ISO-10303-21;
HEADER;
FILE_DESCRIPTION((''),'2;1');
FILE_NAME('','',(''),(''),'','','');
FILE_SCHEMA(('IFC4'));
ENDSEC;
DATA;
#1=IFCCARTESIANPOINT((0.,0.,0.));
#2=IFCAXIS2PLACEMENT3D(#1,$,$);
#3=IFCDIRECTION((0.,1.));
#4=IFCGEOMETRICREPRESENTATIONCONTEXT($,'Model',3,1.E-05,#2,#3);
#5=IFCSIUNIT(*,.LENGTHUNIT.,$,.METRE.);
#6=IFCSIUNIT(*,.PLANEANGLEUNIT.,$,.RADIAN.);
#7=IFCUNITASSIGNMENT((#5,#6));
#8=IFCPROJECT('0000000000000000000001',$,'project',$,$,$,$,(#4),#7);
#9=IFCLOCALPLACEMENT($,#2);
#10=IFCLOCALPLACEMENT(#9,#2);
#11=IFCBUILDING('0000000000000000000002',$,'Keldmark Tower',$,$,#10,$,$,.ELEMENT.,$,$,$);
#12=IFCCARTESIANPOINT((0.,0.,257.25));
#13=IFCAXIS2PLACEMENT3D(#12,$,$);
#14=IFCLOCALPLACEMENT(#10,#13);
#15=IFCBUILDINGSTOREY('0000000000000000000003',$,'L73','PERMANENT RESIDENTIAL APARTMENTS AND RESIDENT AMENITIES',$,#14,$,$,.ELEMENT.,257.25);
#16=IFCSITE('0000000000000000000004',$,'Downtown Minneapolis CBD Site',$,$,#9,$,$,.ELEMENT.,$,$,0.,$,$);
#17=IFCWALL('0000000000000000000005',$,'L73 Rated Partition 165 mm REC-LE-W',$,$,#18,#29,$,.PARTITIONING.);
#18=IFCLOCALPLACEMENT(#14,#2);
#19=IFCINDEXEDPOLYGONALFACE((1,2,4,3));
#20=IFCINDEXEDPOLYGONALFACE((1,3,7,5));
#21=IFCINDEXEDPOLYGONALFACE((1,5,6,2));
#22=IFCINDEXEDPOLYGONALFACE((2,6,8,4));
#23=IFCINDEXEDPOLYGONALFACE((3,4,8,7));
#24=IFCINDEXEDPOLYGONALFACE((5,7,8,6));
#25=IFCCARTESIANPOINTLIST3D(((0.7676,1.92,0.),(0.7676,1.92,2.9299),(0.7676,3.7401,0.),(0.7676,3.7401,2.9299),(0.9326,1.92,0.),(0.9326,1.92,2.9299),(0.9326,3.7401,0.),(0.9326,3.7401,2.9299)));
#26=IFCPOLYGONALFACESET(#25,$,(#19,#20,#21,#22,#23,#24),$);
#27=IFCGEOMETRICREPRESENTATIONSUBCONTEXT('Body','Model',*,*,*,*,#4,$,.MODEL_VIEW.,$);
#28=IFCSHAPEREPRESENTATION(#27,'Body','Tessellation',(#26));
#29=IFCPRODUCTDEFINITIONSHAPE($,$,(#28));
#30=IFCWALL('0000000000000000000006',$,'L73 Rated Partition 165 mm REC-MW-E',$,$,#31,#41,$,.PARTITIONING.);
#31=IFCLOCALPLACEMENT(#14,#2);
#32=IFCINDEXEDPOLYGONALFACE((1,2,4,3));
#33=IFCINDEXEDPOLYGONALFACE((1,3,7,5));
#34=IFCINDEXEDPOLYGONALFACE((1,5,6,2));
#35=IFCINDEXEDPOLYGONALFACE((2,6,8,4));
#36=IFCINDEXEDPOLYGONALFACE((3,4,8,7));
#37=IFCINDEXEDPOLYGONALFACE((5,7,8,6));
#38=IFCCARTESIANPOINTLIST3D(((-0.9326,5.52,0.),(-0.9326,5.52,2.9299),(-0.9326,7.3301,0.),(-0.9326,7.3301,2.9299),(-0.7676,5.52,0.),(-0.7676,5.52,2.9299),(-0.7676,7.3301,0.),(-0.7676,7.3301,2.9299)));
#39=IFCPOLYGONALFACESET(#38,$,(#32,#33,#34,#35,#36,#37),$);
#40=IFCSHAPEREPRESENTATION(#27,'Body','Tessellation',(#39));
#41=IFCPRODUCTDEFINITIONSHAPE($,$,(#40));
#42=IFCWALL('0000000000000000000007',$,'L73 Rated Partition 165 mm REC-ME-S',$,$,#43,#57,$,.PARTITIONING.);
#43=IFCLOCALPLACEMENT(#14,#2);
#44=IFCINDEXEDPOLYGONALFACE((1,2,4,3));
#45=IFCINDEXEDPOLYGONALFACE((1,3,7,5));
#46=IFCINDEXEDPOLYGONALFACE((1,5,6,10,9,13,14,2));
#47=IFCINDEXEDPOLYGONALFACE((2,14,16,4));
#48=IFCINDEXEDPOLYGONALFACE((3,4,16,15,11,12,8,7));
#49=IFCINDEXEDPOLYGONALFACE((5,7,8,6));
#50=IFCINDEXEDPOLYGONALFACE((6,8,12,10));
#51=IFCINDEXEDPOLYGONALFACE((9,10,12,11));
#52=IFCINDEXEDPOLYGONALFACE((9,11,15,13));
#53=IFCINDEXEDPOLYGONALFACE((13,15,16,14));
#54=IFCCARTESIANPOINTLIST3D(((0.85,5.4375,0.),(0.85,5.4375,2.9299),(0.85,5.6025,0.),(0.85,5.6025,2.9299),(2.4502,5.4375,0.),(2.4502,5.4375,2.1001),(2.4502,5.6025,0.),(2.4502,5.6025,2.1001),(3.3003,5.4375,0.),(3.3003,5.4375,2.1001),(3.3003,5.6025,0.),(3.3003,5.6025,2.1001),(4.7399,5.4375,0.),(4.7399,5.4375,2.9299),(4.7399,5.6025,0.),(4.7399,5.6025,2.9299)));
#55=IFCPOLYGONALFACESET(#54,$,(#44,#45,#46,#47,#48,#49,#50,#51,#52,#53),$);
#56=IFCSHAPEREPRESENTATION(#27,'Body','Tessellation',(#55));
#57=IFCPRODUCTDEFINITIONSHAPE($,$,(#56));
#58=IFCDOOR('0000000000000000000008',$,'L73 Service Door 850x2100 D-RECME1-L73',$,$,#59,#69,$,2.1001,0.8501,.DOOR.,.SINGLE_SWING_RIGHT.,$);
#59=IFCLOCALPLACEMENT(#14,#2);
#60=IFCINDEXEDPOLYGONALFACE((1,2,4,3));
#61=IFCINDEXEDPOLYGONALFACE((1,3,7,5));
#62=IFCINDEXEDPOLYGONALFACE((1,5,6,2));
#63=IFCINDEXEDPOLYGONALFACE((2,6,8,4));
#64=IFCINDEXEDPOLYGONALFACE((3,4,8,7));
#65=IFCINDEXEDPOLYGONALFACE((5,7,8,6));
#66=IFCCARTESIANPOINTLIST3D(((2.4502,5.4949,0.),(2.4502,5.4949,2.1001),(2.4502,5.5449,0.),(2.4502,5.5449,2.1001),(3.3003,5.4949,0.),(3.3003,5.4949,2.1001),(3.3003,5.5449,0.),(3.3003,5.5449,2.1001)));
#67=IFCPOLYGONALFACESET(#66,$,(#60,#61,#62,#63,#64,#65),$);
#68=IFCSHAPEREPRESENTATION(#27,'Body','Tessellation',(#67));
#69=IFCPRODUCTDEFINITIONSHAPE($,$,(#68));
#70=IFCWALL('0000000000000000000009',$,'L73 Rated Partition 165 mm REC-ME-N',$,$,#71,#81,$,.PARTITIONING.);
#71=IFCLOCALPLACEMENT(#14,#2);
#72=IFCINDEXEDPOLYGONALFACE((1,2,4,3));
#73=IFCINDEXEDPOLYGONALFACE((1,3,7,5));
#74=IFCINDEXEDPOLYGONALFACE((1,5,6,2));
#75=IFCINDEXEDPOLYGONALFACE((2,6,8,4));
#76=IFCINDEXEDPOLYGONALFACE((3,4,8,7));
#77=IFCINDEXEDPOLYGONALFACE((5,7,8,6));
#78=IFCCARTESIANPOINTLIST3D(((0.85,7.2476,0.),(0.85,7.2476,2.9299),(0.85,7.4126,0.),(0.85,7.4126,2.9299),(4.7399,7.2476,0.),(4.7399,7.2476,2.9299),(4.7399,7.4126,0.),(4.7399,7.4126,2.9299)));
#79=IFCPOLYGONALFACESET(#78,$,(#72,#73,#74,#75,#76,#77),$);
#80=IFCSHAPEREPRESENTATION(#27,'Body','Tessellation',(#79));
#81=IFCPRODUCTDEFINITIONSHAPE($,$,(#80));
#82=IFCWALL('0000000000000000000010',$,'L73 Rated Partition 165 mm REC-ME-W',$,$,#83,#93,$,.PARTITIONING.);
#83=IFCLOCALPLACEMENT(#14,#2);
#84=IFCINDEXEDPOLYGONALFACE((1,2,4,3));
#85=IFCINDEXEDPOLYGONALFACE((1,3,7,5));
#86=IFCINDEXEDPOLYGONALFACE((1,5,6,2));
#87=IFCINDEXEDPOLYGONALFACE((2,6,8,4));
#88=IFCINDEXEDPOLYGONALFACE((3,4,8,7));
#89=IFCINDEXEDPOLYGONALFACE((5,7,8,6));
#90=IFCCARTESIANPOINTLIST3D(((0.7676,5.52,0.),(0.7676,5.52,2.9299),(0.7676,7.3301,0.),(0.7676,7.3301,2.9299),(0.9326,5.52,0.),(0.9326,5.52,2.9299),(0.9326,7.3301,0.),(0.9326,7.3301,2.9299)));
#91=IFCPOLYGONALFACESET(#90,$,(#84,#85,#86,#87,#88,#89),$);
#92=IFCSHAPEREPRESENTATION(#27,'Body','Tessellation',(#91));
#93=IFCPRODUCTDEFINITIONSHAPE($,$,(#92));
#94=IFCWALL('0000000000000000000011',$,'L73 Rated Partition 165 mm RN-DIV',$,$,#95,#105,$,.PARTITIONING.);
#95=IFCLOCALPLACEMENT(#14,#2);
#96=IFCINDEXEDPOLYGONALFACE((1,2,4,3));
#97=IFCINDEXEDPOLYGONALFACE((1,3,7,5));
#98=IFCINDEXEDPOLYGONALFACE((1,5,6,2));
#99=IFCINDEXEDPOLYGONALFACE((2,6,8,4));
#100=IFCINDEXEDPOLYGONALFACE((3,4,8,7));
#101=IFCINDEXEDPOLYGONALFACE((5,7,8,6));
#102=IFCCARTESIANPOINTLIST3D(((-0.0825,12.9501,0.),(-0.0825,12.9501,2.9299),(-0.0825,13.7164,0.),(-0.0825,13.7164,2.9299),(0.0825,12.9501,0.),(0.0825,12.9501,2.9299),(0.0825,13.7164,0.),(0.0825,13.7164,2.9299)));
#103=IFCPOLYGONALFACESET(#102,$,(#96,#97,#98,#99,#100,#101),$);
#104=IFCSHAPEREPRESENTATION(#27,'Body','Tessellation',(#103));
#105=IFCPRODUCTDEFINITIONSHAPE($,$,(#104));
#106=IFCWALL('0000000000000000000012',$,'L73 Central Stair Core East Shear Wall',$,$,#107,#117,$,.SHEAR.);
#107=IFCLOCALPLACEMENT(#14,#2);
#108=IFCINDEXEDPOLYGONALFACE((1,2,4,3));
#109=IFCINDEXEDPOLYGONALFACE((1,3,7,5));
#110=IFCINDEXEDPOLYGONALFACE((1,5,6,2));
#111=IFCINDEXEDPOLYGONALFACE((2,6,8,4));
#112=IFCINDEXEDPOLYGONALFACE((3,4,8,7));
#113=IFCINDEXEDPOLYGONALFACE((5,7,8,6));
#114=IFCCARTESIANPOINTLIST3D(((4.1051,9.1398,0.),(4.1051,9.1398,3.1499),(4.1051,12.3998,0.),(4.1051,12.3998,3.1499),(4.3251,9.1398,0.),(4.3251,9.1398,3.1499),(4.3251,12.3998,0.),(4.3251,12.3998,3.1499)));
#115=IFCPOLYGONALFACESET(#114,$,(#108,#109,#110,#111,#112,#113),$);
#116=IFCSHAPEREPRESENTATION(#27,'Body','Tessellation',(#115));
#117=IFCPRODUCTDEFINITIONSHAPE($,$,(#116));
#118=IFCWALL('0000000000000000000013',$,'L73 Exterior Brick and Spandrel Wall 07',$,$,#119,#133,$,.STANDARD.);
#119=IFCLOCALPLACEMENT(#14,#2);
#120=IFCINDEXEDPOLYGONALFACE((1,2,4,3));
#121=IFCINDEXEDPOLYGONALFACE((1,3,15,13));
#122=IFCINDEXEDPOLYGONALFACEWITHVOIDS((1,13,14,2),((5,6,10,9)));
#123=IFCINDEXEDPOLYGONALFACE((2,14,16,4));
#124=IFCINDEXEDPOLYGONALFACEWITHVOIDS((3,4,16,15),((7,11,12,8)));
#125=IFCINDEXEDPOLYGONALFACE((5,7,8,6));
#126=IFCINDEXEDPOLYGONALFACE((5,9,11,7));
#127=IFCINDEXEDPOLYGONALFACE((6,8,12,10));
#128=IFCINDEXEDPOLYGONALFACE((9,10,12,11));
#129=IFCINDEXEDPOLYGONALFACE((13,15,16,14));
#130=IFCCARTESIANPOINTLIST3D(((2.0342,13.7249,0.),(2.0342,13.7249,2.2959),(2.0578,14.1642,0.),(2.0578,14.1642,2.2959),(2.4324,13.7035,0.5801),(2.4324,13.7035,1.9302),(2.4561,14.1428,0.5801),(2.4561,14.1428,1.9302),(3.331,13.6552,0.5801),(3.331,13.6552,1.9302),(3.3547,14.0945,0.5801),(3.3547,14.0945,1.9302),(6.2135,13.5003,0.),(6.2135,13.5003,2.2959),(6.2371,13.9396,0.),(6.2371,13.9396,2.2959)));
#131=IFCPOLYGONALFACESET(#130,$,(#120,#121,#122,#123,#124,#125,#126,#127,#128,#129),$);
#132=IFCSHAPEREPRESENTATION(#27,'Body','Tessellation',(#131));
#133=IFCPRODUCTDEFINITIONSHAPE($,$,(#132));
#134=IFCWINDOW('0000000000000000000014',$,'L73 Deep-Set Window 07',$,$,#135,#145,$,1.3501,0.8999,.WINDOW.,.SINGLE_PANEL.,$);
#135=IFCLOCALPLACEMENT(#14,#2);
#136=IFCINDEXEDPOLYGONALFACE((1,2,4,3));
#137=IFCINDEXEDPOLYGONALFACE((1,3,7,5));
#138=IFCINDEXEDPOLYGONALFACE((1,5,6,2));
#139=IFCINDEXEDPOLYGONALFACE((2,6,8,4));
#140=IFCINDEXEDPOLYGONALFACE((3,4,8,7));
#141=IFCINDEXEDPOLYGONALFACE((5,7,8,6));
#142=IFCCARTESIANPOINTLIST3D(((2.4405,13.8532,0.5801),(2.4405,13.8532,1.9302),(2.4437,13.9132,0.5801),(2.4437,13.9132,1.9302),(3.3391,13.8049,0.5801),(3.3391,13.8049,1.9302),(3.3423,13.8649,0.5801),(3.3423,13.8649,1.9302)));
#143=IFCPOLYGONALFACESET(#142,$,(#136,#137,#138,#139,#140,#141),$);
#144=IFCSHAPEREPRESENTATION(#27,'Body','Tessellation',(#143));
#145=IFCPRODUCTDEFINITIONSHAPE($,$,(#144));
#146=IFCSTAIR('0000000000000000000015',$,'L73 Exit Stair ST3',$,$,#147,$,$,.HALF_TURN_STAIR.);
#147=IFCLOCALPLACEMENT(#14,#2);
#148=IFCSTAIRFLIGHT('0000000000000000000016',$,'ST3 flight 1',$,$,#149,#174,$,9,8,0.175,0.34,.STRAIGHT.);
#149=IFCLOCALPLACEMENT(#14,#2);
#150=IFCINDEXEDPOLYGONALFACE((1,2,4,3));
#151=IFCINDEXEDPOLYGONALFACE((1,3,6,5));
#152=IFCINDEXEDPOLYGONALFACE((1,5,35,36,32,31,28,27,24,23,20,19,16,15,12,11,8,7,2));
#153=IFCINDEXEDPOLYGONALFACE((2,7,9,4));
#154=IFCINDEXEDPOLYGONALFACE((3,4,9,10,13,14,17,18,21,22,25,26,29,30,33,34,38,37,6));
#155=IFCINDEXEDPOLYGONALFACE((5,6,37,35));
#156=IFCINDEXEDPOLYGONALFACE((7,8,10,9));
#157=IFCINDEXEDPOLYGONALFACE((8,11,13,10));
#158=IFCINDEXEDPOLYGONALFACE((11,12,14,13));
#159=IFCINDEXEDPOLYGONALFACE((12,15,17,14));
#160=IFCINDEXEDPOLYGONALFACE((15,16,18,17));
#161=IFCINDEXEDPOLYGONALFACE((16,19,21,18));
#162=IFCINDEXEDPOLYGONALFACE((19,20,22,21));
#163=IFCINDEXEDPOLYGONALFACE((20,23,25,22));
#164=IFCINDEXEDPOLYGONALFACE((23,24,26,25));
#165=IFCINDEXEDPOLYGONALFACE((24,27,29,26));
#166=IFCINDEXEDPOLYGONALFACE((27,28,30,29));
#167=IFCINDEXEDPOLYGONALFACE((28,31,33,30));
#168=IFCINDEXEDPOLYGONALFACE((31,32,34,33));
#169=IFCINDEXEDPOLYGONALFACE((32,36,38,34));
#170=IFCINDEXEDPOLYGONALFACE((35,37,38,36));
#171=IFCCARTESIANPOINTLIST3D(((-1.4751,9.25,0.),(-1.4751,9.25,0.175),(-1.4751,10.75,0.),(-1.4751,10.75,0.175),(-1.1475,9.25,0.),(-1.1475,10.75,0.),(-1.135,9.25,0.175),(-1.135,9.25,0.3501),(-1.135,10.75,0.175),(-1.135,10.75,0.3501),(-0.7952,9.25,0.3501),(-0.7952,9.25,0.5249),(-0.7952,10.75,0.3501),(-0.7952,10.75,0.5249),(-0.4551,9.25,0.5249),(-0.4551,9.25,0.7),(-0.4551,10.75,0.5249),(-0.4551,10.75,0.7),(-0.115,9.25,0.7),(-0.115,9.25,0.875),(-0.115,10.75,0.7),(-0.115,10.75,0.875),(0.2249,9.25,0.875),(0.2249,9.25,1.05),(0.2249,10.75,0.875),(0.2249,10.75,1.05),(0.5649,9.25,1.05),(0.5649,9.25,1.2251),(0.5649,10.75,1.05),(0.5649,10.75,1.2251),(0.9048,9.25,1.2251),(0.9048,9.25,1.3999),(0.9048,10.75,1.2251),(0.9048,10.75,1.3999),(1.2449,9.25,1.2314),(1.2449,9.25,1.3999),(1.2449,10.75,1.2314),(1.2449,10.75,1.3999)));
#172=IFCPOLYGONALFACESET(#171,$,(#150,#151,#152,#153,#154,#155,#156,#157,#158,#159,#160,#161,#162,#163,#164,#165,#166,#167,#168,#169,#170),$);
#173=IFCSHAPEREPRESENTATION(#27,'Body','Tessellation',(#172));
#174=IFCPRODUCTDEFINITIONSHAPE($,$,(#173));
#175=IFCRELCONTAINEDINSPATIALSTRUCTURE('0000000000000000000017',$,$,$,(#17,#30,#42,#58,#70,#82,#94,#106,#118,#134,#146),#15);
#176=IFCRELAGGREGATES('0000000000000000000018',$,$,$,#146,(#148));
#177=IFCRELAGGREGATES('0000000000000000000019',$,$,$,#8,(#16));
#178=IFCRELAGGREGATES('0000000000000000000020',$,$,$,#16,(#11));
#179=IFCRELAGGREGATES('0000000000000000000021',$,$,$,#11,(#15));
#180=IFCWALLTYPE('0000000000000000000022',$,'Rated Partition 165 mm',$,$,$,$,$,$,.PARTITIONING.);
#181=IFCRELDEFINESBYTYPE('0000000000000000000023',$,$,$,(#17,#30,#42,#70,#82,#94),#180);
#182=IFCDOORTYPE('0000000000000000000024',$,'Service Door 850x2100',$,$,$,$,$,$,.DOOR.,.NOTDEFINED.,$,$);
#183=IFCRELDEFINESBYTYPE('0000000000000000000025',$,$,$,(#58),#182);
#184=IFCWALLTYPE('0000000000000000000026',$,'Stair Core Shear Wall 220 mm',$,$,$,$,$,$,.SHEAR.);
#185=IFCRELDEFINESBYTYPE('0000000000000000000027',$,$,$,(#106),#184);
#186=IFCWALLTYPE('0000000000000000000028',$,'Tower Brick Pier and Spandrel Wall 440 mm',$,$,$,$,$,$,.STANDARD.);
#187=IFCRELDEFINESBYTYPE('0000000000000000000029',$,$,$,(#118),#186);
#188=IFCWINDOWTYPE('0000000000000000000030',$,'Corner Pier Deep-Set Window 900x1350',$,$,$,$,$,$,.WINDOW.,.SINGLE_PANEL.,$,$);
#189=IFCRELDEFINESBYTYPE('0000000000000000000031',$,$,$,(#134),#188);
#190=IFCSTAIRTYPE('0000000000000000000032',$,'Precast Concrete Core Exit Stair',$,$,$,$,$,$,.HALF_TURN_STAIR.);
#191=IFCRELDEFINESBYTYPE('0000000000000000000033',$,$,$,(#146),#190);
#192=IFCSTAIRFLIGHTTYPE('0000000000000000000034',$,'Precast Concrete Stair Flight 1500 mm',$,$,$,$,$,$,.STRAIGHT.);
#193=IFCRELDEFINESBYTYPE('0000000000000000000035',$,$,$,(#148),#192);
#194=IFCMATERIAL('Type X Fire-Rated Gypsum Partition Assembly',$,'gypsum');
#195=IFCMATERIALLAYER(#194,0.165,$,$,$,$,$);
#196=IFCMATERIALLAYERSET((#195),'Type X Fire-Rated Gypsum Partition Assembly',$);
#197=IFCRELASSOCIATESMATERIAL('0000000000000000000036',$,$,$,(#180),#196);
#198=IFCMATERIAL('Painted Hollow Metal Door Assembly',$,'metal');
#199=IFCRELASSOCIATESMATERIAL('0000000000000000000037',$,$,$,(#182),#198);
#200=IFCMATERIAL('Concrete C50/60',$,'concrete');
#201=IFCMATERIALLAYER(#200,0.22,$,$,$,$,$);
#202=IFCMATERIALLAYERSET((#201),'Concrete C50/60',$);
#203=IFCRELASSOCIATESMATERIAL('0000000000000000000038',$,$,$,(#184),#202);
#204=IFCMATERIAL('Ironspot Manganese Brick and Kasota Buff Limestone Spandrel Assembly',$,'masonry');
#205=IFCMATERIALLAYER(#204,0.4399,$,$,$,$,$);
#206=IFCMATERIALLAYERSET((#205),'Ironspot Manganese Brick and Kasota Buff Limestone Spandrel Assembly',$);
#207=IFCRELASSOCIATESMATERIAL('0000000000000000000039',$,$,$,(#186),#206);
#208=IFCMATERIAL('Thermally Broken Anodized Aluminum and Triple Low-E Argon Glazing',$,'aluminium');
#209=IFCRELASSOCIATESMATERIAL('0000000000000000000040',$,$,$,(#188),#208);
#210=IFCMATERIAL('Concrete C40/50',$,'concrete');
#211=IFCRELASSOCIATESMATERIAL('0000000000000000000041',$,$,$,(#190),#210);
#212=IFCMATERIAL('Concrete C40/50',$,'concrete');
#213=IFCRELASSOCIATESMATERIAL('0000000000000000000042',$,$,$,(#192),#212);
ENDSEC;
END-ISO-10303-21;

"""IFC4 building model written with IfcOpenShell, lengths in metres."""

from ifc_helpers import new_model, si_unit, direction, frame, frame_2d, origin, place, context, subcontext, project, spatial, polyline, rectangle, outline, extrude, material, layer, layer_set, type_object, element, fill, aggregate, save


model = new_model("IFC4")

# Units and contexts
model_context = context("Model", 3, precision=1e-05, world=origin(), true_north=direction((0.0, 1.0)))
body_context = subcontext(model_context, "Body", "Model", "MODEL_VIEW")
ifc_project = project(units=[si_unit("LENGTHUNIT", "METRE"), si_unit("PLANEANGLEUNIT", "RADIAN")], contexts=[model_context])

# Site, building, storey
site_placement = place(None, origin())
site = spatial("IfcSite", under=ifc_project, at=site_placement, Name="Downtown Minneapolis CBD Site", CompositionType="ELEMENT", RefElevation=0.0)
building_placement = place(site_placement, origin())
building = spatial("IfcBuilding", under=site, at=building_placement, Name="Keldmark Tower", CompositionType="ELEMENT")
storey_placement = place(building_placement, frame((0.0, 0.0, 257.25)))
storey = spatial("IfcBuildingStorey", under=building, at=storey_placement, Name="L73", Description="PERMANENT RESIDENTIAL APARTMENTS AND RESIDENT AMENITIES", CompositionType="ELEMENT", Elevation=257.25)

# Shared definitions
ifc_material_1 = material(Name="Type X Fire-Rated Gypsum Partition Assembly", Category="gypsum")
ifc_layer_1 = layer(ifc_material_1, 0.165)
ifc_layer_set_1 = layer_set([ifc_layer_1], Name="Type X Fire-Rated Gypsum Partition Assembly")
wall_type_1 = type_object("IfcWallType", Name="Rated Partition 165 mm", PredefinedType="PARTITIONING", material=ifc_layer_set_1)

# Shared definitions
ifc_material_2 = material(Name="Painted Hollow Metal Door Assembly", Category="metal")
door_type = type_object("IfcDoorType", Name="Service Door 850x2100", OperationType="NOTDEFINED", PredefinedType="DOOR", material=ifc_material_2)

# Walls
wall_1_placement = place(storey_placement, frame((0.8501, 1.9199, 0.0), z_axis=(0.0, 0.0, 1.0), x_axis=(0.0, 1.0, 0.0)))
element("IfcWall", 1, at=wall_1_placement, inside=storey, type_object=wall_type_1, Name="L73 Rated Partition 165 mm REC-LE-W", PredefinedType="PARTITIONING", context=body_context, shape_type="SweptSolid", body=[
    extrude(rectangle(XDim=1.8201, YDim=0.165, at=frame_2d((0.9102, 0.0))), origin(), (0.0, 0.0, 1.0), 2.9299),
])
wall_2_placement = place(storey_placement, frame((-0.8501, 5.52, 0.0), z_axis=(0.0, 0.0, 1.0), x_axis=(0.0, 1.0, 0.0)))
element("IfcWall", 2, at=wall_2_placement, inside=storey, type_object=wall_type_1, Name="L73 Rated Partition 165 mm REC-MW-E", PredefinedType="PARTITIONING", context=body_context, shape_type="SweptSolid", body=[
    extrude(rectangle(XDim=1.8101, YDim=0.165, at=frame_2d((0.905, 0.0))), origin(), (0.0, 0.0, 1.0), 2.9299),
])

# Wall, opening, door
wall_3_placement = place(storey_placement, frame((0.8501, 5.52, 0.0), z_axis=(0.0, 0.0, 1.0), x_axis=(1.0, 0.0, 0.0)))
wall_3 = element("IfcWall", 3, at=wall_3_placement, inside=storey, type_object=wall_type_1, Name="L73 Rated Partition 165 mm REC-ME-S", PredefinedType="PARTITIONING", context=body_context, shape_type="SweptSolid", body=[
    extrude(rectangle(XDim=3.8899, YDim=0.165, at=frame_2d((1.9448, 0.0))), origin(), (0.0, 0.0, 1.0), 2.9299),
])
opening_1_placement = place(wall_3_placement, frame((1.6001, 0.0, 0.0)))
opening_1 = element("IfcOpeningElement", 4, at=opening_1_placement, cuts=wall_3, PredefinedType="OPENING", context=body_context, shape_type="SweptSolid", body=[
    extrude(rectangle(XDim=0.8501, YDim=2.1001, at=frame_2d((0.425, 1.05))), frame((0.0, 0.0925, 0.0), z_axis=(0.0, -1.0, 0.0), x_axis=(1.0, 0.0, 0.0)), (0.0, 0.0, 1.0), 0.1851),
])
door_1_placement = place(opening_1_placement, origin())
door_1 = element("IfcDoor", 5, at=door_1_placement, inside=storey, type_object=door_type, Name="L73 Service Door 850x2100 D-RECME1-L73", OperationType="SINGLE_SWING_RIGHT", OverallHeight=2.1001, OverallWidth=0.8501, PredefinedType="DOOR", context=body_context, shape_type="SweptSolid", body=[
    extrude(rectangle(XDim=0.8501, YDim=2.1001, at=frame_2d((0.425, 1.05))), frame((0.0, 0.0249, 0.0), z_axis=(0.0, -1.0, 0.0), x_axis=(1.0, 0.0, 0.0)), (0.0, 0.0, 1.0), 0.05),
])
fill(opening_1, door_1)

# Walls
wall_4_placement = place(storey_placement, frame((0.8501, 7.3301, 0.0), z_axis=(0.0, 0.0, 1.0), x_axis=(1.0, 0.0, 0.0)))
element("IfcWall", 6, at=wall_4_placement, inside=storey, type_object=wall_type_1, Name="L73 Rated Partition 165 mm REC-ME-N", PredefinedType="PARTITIONING", context=body_context, shape_type="SweptSolid", body=[
    extrude(rectangle(XDim=3.8899, YDim=0.165, at=frame_2d((1.9448, 0.0))), origin(), (0.0, 0.0, 1.0), 2.9299),
])
wall_5_placement = place(storey_placement, frame((0.8501, 5.52, 0.0), z_axis=(0.0, 0.0, 1.0), x_axis=(0.0, 1.0, 0.0)))
element("IfcWall", 7, at=wall_5_placement, inside=storey, type_object=wall_type_1, Name="L73 Rated Partition 165 mm REC-ME-W", PredefinedType="PARTITIONING", context=body_context, shape_type="SweptSolid", body=[
    extrude(rectangle(XDim=1.8101, YDim=0.165, at=frame_2d((0.905, 0.0))), origin(), (0.0, 0.0, 1.0), 2.9299),
])
wall_6_placement = place(storey_placement, frame((0.0, 12.95, 0.0), z_axis=(0.0, 0.0, 1.0), x_axis=(0.0, 1.0, 0.0)))
element("IfcWall", 8, at=wall_6_placement, inside=storey, type_object=wall_type_1, Name="L73 Rated Partition 165 mm RN-DIV", PredefinedType="PARTITIONING", context=body_context, shape_type="SweptSolid", body=[
    extrude(rectangle(XDim=0.7664, YDim=0.165, at=frame_2d((0.3833, 0.0))), origin(), (0.0, 0.0, 1.0), 2.9299),
])
ifc_material_3 = material(Name="Concrete C50/60", Category="concrete")
ifc_layer_2 = layer(ifc_material_3, 0.22)
ifc_layer_set_2 = layer_set([ifc_layer_2], Name="Concrete C50/60")
wall_type_2 = type_object("IfcWallType", Name="Stair Core Shear Wall 220 mm", PredefinedType="SHEAR", material=ifc_layer_set_2)
wall_7_placement = place(storey_placement, frame((4.2151, 9.1399, 0.0), z_axis=(0.0, 0.0, 1.0), x_axis=(0.0, 1.0, 0.0)))
element("IfcWall", 9, at=wall_7_placement, inside=storey, type_object=wall_type_2, Name="L73 Central Stair Core East Shear Wall", PredefinedType="SHEAR", context=body_context, shape_type="SweptSolid", body=[
    extrude(rectangle(XDim=3.26, YDim=0.22, at=frame_2d((1.6299, 0.0))), origin(), (0.0, 0.0, 1.0), 3.1499),
])

# Wall, opening, window
ifc_material_4 = material(Name="Ironspot Manganese Brick and Kasota Buff Limestone Spandrel Assembly", Category="masonry")
ifc_layer_3 = layer(ifc_material_4, 0.4399)
ifc_layer_set_3 = layer_set([ifc_layer_3], Name="Ironspot Manganese Brick and Kasota Buff Limestone Spandrel Assembly")
wall_type_3 = type_object("IfcWallType", Name="Tower Brick Pier and Spandrel Wall 440 mm", PredefinedType="STANDARD", material=ifc_layer_set_3)
wall_8_placement = place(storey_placement, frame((2.0459, 13.9446, 0.0), z_axis=(0.0, 0.0, 1.0), x_axis=(0.998559, -0.053667, 0.0)))
wall_8 = element("IfcWall", 10, at=wall_8_placement, inside=storey, type_object=wall_type_3, Name="L73 Exterior Brick and Spandrel Wall 07", PredefinedType="STANDARD", context=body_context, shape_type="SweptSolid", body=[
    extrude(rectangle(XDim=4.1853, YDim=0.4399, at=frame_2d((2.0928, 0.0))), origin(), (0.0, 0.0, 1.0), 2.2959),
])
opening_2_placement = place(wall_8_placement, frame((0.3989, 0.0, 0.5801)))
opening_2 = element("IfcOpeningElement", 11, at=opening_2_placement, cuts=wall_8, PredefinedType="OPENING", context=body_context, shape_type="SweptSolid", body=[
    extrude(rectangle(XDim=0.8999, YDim=1.3501, at=frame_2d((0.45, 0.675))), frame((0.0, 0.23, 0.0), z_axis=(0.0, -1.0, 0.0), x_axis=(1.0, 0.0, 0.0)), (0.0, 0.0, 1.0), 0.46),
])
ifc_material_5 = material(Name="Thermally Broken Anodized Aluminum and Triple Low-E Argon Glazing", Category="aluminium")
window_type = type_object("IfcWindowType", Name="Corner Pier Deep-Set Window 900x1350", PartitioningType="SINGLE_PANEL", PredefinedType="WINDOW", material=ifc_material_5)
window_placement = place(opening_2_placement, origin())
window = element("IfcWindow", 12, at=window_placement, inside=storey, type_object=window_type, Name="L73 Deep-Set Window 07", OverallHeight=1.3501, OverallWidth=0.8999, PartitioningType="SINGLE_PANEL", PredefinedType="WINDOW", context=body_context, shape_type="SweptSolid", body=[
    extrude(rectangle(XDim=0.8999, YDim=1.3501, at=frame_2d((0.45, 0.675))), frame((0.0, -0.01, 0.0), z_axis=(0.0, -1.0, 0.0), x_axis=(1.0, 0.0, 0.0)), (0.0, 0.0, 1.0), 0.0601),
])
fill(opening_2, window)

# Stair, stair flight
ifc_material_6 = material(Name="Concrete C40/50", Category="concrete")
stair_type = type_object("IfcStairType", Name="Precast Concrete Core Exit Stair", PredefinedType="HALF_TURN_STAIR", material=ifc_material_6)
stair_placement = place(storey_placement, origin())
stair = element("IfcStair", 13, at=stair_placement, inside=storey, type_object=stair_type, Name="L73 Exit Stair ST3", PredefinedType="HALF_TURN_STAIR")
ifc_material_7 = material(Name="Concrete C40/50", Category="concrete")
stair_flight_type = type_object("IfcStairFlightType", Name="Precast Concrete Stair Flight 1500 mm", PredefinedType="STRAIGHT", material=ifc_material_7)
stair_flight_1_placement = place(storey_placement, frame((-1.4751, 10.0, 0.0), z_axis=(0.0, 0.0, 1.0), x_axis=(1.0, 0.0, 0.0)))
stair_flight_1 = element("IfcStairFlight", 14, at=stair_flight_1_placement, type_object=stair_flight_type, Name="ST3 flight 1", NumberOfRisers=9, NumberOfTreads=8, PredefinedType="STRAIGHT", RiserHeight=0.175, TreadLength=0.34, context=body_context, shape_type="SweptSolid", body=[
    extrude(outline(polyline([(0.0, 0.0), (0.0, 0.175), (0.3401, 0.175), (0.3401, 0.3501), (0.6799, 0.3501), (0.6799, 0.5249), (1.02, 0.5249), (1.02, 0.7), (1.3601, 0.7), (1.3601, 0.875), (1.7, 0.875), (1.7, 1.05), (2.04, 1.05), (2.04, 1.2251), (2.3799, 1.2251), (2.3799, 1.3999), (2.72, 1.3999), (2.72, 1.575), (2.72, 1.2314), (0.3276, 0.0), (0.0, 0.0)])), frame((0.0, 0.75, 0.0), z_axis=(0.0, -1.0, 0.0), x_axis=(1.0, 0.0, 0.0)), (0.0, 0.0, 1.0), 1.5),
])
aggregate(stair, [stair_flight_1])

save(model, "model.ifc")
